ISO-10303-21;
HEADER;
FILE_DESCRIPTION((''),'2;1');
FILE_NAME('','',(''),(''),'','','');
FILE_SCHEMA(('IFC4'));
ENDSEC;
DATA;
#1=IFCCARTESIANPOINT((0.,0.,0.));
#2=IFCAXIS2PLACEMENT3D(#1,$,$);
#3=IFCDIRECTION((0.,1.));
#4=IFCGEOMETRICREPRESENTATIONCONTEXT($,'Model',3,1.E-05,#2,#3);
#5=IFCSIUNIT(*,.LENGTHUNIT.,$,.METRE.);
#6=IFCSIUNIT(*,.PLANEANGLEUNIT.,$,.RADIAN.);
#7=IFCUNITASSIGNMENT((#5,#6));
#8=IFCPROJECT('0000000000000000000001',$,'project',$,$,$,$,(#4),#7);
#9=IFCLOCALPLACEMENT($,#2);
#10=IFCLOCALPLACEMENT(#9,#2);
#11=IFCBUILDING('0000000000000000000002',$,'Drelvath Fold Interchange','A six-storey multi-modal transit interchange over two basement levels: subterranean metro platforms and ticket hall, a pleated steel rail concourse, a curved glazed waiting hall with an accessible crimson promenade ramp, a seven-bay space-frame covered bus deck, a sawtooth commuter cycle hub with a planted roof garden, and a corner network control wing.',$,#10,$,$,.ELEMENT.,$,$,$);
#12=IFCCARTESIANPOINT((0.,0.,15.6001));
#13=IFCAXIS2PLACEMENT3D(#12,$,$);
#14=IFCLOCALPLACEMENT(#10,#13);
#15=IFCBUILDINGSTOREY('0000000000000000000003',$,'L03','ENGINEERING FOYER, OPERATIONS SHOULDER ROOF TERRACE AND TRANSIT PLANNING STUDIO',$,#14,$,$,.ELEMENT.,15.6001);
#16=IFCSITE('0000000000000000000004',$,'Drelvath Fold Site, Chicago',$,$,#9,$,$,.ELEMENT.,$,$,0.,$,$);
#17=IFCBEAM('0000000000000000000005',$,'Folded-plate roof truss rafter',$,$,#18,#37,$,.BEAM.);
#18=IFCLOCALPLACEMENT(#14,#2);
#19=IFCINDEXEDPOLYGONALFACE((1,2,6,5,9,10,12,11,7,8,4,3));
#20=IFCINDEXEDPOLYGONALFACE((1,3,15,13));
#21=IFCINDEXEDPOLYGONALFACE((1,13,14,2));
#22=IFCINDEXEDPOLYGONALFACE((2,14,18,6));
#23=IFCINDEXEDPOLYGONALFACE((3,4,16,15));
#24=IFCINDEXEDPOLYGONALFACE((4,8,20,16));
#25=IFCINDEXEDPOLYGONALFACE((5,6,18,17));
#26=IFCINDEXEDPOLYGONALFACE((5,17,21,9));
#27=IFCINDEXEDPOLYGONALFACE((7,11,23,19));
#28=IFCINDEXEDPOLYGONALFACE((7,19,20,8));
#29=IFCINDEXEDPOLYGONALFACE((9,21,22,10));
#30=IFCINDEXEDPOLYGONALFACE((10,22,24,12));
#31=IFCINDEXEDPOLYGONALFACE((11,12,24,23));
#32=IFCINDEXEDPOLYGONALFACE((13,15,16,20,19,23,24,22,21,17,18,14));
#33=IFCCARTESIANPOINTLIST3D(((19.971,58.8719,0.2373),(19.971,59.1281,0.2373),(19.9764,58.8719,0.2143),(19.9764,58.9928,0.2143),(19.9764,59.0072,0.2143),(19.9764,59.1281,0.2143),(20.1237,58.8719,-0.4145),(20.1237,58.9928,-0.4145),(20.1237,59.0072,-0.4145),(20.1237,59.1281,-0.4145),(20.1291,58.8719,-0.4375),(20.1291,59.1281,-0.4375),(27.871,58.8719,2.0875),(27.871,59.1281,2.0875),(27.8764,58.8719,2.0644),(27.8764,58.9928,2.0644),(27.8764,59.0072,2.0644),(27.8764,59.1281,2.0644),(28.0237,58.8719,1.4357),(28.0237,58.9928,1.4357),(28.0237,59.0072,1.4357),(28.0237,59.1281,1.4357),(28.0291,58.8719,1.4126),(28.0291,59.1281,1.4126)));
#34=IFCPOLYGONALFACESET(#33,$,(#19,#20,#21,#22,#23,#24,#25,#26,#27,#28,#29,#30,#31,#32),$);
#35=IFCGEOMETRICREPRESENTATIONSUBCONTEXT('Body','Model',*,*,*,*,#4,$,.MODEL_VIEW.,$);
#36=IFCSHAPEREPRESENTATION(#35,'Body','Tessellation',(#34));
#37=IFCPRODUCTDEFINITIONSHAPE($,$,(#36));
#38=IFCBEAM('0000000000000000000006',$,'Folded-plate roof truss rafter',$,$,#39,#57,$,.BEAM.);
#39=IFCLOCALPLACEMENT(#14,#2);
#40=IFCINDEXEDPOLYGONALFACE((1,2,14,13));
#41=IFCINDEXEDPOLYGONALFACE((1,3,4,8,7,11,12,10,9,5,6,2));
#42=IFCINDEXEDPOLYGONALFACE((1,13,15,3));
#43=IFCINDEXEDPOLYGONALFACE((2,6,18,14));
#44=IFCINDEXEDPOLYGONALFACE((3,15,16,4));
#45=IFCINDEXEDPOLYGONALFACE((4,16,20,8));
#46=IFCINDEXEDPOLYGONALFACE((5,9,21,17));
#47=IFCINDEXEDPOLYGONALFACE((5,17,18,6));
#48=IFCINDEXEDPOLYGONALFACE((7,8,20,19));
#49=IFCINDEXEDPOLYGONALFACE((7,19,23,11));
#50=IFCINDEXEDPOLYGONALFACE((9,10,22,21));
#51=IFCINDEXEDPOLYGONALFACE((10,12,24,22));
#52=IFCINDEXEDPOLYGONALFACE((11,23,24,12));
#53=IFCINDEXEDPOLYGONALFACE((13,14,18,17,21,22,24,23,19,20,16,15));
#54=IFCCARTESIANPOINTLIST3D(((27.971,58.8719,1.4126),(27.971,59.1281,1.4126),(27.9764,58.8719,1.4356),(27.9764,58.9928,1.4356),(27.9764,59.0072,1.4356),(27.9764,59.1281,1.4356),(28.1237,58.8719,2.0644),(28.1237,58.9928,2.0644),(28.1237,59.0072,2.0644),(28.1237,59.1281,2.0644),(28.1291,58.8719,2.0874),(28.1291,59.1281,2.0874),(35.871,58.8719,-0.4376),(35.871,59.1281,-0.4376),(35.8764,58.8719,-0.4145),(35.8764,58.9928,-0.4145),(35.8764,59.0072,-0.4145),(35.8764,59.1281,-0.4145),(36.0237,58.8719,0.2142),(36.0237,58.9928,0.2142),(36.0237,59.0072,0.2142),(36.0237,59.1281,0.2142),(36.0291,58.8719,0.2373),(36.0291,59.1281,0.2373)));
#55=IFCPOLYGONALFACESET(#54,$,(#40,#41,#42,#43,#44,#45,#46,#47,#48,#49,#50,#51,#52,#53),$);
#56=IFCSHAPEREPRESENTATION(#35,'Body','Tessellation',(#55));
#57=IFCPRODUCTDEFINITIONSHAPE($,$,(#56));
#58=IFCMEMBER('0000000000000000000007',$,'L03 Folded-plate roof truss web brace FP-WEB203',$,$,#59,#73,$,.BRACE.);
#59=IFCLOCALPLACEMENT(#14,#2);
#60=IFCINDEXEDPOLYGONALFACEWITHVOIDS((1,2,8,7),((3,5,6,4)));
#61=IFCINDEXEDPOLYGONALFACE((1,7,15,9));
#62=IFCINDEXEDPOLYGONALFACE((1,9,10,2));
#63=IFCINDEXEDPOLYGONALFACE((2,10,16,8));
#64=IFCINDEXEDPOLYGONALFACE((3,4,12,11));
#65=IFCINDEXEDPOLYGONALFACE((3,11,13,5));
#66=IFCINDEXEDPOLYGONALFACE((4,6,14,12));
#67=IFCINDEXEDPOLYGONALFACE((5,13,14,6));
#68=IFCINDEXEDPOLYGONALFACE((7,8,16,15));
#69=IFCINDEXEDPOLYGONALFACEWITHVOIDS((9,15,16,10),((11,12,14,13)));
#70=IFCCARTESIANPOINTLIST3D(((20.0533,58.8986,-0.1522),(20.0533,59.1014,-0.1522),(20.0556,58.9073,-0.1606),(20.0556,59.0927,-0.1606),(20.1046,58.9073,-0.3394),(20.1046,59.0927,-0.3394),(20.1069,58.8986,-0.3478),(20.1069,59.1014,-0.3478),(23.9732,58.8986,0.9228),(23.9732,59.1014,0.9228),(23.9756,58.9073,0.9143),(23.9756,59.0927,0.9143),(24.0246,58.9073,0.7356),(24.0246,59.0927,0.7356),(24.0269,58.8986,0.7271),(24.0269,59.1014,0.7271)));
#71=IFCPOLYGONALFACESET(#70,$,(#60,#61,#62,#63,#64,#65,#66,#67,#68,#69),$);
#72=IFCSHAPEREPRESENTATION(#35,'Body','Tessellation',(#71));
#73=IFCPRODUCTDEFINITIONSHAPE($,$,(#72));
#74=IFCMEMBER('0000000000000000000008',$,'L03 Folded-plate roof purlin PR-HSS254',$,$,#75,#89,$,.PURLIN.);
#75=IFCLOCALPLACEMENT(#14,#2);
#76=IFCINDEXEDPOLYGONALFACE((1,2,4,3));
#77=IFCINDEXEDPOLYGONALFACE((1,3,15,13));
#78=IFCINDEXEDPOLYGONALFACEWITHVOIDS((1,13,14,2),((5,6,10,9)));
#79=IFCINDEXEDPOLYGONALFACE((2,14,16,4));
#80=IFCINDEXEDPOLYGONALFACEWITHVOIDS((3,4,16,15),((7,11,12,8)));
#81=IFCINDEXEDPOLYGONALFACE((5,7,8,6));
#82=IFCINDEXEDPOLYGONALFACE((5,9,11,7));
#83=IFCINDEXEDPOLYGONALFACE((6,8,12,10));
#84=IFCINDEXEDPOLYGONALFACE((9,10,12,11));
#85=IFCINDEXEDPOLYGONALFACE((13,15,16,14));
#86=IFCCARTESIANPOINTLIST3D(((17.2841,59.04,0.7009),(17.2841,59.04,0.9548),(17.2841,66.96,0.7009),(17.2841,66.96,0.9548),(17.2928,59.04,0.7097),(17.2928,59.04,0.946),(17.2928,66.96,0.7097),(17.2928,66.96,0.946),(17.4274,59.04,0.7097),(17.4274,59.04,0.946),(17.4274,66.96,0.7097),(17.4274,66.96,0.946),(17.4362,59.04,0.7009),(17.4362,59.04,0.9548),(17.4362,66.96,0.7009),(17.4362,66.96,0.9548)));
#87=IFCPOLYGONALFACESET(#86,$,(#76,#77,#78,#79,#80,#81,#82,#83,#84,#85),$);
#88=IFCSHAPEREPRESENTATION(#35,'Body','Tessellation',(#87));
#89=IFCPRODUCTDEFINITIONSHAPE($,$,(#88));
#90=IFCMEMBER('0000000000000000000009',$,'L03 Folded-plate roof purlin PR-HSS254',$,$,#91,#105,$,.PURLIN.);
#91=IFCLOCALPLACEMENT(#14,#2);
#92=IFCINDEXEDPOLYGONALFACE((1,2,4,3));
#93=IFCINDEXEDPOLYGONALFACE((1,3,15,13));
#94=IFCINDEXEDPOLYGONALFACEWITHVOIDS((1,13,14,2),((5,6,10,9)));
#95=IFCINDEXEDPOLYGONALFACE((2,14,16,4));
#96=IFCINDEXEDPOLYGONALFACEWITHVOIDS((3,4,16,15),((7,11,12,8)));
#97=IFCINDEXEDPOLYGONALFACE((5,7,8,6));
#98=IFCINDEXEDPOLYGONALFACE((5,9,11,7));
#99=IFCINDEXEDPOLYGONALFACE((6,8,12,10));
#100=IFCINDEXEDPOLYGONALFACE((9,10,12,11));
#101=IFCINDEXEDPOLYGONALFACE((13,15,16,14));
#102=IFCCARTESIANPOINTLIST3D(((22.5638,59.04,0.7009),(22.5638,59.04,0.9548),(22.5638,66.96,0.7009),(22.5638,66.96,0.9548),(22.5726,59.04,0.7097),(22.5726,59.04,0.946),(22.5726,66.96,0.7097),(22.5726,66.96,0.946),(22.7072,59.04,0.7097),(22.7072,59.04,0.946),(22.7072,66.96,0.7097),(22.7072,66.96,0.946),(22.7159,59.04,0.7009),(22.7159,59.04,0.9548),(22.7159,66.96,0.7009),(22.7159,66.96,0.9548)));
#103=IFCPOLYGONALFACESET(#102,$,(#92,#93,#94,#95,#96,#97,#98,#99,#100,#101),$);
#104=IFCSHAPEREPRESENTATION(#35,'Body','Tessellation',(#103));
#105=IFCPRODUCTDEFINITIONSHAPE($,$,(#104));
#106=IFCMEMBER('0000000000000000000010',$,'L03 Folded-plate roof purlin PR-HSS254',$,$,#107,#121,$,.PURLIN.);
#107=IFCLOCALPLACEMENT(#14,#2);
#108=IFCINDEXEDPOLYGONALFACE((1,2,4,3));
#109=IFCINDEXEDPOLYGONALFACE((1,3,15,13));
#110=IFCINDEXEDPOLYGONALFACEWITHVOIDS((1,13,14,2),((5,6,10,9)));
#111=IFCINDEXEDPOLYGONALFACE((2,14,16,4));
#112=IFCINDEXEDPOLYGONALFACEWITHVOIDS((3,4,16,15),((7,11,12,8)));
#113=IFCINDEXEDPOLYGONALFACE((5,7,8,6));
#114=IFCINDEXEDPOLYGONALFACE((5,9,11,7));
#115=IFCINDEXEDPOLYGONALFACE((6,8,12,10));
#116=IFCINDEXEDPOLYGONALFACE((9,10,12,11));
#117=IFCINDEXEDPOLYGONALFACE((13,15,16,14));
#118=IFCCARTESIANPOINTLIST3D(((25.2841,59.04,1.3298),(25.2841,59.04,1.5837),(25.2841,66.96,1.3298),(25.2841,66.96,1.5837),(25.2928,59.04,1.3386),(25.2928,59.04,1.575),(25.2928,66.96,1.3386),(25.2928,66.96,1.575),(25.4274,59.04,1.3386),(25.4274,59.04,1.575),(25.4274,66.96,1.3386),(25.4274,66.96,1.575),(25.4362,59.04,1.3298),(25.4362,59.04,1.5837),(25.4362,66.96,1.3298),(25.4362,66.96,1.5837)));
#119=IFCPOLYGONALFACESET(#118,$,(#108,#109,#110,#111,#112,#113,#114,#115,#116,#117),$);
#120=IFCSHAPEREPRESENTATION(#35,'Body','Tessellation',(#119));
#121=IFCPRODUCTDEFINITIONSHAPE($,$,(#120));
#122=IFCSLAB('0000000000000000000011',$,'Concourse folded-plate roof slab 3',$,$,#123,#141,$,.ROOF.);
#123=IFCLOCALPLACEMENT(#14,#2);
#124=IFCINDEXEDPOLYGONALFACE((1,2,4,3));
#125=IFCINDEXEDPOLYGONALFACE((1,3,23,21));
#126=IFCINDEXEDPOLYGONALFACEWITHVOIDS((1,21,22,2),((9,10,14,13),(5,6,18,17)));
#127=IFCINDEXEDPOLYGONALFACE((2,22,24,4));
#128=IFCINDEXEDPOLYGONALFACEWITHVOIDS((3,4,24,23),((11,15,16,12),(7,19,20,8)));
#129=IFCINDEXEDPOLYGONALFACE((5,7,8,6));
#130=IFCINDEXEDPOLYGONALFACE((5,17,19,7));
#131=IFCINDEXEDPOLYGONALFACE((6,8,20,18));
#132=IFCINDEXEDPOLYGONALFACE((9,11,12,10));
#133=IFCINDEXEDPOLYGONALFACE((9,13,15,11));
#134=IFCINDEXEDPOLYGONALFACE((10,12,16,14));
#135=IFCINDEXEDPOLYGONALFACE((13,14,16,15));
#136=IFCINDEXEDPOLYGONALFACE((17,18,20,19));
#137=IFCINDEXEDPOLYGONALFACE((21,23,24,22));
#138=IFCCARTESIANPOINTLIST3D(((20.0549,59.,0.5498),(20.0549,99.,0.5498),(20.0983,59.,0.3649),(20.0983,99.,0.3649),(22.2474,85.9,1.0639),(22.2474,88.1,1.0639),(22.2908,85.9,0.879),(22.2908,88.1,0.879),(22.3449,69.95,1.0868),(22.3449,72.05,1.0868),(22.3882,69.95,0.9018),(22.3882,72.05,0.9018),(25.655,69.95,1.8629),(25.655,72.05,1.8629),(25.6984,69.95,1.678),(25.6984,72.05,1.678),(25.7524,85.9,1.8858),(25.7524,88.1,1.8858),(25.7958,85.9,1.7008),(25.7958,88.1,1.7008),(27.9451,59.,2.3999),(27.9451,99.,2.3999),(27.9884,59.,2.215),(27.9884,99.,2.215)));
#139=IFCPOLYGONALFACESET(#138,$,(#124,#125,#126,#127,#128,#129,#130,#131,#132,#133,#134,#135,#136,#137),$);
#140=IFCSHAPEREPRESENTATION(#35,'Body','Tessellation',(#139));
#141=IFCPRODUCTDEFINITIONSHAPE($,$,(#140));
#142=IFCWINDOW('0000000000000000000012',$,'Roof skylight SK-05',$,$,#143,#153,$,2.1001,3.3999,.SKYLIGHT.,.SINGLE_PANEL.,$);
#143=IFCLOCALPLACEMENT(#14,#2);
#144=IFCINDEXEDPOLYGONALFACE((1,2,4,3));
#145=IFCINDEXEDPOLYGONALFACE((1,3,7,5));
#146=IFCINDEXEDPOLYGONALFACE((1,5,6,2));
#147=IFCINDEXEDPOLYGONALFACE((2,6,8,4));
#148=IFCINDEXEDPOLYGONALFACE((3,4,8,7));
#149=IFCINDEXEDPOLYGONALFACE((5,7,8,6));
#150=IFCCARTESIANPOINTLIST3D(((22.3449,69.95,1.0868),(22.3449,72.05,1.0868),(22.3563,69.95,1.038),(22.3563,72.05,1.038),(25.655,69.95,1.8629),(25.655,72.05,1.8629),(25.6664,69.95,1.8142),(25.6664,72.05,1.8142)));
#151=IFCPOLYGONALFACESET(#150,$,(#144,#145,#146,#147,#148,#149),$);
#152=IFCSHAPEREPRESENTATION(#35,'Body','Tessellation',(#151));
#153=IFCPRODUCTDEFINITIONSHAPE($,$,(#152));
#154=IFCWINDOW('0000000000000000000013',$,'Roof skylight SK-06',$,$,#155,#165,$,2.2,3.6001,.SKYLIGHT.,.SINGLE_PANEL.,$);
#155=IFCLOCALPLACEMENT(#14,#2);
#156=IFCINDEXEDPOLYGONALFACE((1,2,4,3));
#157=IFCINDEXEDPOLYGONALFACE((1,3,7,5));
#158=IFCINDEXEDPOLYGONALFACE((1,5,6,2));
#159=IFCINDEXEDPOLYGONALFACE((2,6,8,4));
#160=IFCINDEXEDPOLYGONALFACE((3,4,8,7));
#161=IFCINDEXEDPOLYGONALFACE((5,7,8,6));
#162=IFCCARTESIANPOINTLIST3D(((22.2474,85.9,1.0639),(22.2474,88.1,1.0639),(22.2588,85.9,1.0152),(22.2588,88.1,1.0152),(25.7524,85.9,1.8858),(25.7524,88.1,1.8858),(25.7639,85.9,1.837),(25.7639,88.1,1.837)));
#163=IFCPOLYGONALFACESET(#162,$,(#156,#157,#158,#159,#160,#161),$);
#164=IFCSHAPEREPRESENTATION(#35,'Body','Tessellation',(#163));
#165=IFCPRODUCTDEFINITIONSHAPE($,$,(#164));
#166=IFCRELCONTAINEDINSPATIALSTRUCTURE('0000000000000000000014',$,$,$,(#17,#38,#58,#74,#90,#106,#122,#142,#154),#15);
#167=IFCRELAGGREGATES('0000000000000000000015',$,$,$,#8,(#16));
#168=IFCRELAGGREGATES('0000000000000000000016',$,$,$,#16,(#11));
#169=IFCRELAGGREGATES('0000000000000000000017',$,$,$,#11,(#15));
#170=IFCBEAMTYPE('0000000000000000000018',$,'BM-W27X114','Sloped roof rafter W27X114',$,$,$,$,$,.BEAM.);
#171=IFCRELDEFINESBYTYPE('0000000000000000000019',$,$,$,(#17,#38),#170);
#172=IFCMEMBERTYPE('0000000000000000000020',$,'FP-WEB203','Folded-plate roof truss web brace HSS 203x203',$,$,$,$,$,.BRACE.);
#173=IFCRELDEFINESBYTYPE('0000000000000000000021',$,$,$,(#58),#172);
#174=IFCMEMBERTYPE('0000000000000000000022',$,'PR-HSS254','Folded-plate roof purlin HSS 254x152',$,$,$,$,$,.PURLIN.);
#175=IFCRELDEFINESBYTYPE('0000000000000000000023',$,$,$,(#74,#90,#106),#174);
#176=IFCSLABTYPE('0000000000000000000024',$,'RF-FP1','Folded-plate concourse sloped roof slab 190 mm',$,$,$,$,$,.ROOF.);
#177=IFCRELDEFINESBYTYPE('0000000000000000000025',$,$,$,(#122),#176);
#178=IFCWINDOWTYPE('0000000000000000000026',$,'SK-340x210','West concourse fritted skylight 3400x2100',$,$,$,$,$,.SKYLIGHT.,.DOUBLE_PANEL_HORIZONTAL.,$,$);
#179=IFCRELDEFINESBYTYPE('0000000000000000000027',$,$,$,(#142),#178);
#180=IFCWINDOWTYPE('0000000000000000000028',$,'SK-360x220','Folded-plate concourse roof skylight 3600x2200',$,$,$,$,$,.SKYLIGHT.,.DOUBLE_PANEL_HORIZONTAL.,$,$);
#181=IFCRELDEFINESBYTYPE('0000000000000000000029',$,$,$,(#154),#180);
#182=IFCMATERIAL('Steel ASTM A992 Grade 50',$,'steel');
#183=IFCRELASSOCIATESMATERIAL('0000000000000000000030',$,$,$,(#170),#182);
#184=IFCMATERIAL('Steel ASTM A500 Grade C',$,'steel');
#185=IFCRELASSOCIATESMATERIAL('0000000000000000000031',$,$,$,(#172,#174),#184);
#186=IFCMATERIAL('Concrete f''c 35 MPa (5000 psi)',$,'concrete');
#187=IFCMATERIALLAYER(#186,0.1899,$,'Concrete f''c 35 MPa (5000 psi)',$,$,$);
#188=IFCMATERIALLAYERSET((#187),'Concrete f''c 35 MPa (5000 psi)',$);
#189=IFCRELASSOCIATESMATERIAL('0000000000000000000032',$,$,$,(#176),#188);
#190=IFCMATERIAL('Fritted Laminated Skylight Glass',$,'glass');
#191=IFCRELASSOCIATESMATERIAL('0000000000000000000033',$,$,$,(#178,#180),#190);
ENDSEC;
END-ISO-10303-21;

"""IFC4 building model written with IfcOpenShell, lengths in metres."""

from ifc_helpers import new_model, si_unit, direction, frame, origin, origin_2d, place, context, subcontext, project, spatial, polyline, rectangle, hollow_rectangle, i_section, outline, extrude, material, layer, layer_set, material_profile, profile_set, type_object, element, fill, save


model = new_model("IFC4")

# Units and contexts
model_context = context("Model", 3, precision=1e-05, world=origin(), true_north=direction((0.0, 1.0)))
body_context = subcontext(model_context, "Body", "Model", "MODEL_VIEW")
ifc_project = project(units=[si_unit("LENGTHUNIT", "METRE"), si_unit("PLANEANGLEUNIT", "RADIAN")], contexts=[model_context])

# Site, building, storey
site_placement = place(None, origin())
site = spatial("IfcSite", under=ifc_project, at=site_placement, Name="Drelvath Fold Site, Chicago", CompositionType="ELEMENT", RefElevation=0.0)
building_placement = place(site_placement, origin())
building = spatial("IfcBuilding", under=site, at=building_placement, Name="Drelvath Fold Interchange", Description="A six-storey multi-modal transit interchange over two basement levels: subterranean metro platforms and ticket hall, a pleated steel rail concourse, a curved glazed waiting hall with an accessible crimson promenade ramp, a seven-bay space-frame covered bus deck, a sawtooth commuter cycle hub with a planted roof garden, and a corner network control wing.", CompositionType="ELEMENT")
storey_placement = place(building_placement, frame((0.0, 0.0, 15.6001)))
storey = spatial("IfcBuildingStorey", under=building, at=storey_placement, Name="L03", Description="ENGINEERING FOYER, OPERATIONS SHOULDER ROOF TERRACE AND TRANSIT PLANNING STUDIO", CompositionType="ELEMENT", Elevation=15.6001)

# Beams
ifc_material_1 = material(Name="Steel ASTM A992 Grade 50", Category="steel")
ifc_material_profile_1 = material_profile(ifc_material_1, i_section(OverallWidth=0.2561, OverallDepth=0.6931, WebThickness=0.0144, FlangeThickness=0.0237, at=origin_2d()), Name="W27X114")
ifc_profile_set_1 = profile_set([ifc_material_profile_1], Name="Steel ASTM A992 Grade 50")
beam_type = type_object("IfcBeamType", Name="BM-W27X114", Description="Sloped roof rafter W27X114", PredefinedType="BEAM", material=ifc_profile_set_1)
for number, where, z_axis, x_axis, name in (
    (1, (20.05, 59.0, -0.1001), (0.973656, 0.0, 0.228023), (0.0, 1.0, 0.0), "Folded-plate roof truss rafter"),
    (2, (28.05, 59.0, 1.75), (0.973656, 0.0, -0.228023), (0.0, 1.0, 0.0), "Folded-plate roof truss rafter"),
):
    element("IfcBeam", number, at=place(storey_placement, frame(where, z_axis=z_axis, x_axis=x_axis)), inside=storey, type_object=beam_type, Name=name, PredefinedType="BEAM", context=body_context, shape_type="SweptSolid", body=[
        extrude(i_section(OverallWidth=0.2561, OverallDepth=0.6931, WebThickness=0.0144, FlangeThickness=0.0237, at=origin_2d()), origin(), (0.0, 0.0, 1.0), 8.1138),
    ])

# Members
ifc_material_2 = material(Name="Steel ASTM A500 Grade C", Category="steel")
ifc_material_profile_2 = material_profile(ifc_material_2, hollow_rectangle(XDim=0.2029, YDim=0.2029, WallThickness=0.0088, at=origin_2d()), Name="HSS8X8X3/8")
ifc_profile_set_2 = profile_set([ifc_material_profile_2], Name="Steel ASTM A500 Grade C")
member_type_1 = type_object("IfcMemberType", Name="FP-WEB203", Description="Folded-plate roof truss web brace HSS 203x203", PredefinedType="BRACE", material=ifc_profile_set_2)
member_placement = place(storey_placement, frame((20.0801, 59.0, -0.25), z_axis=(0.964396, 0.0, 0.264464), x_axis=(0.0, 1.0, 0.0)))
element("IfcMember", 3, at=member_placement, inside=storey, type_object=member_type_1, Name="L03 Folded-plate roof truss web brace FP-WEB203", PredefinedType="BRACE", context=body_context, shape_type="SweptSolid", body=[
    extrude(hollow_rectangle(XDim=0.2029, YDim=0.2029, WallThickness=0.0088, at=origin_2d()), origin(), (0.0, 0.0, 1.0), 4.0647),
])
ifc_material_profile_3 = material_profile(ifc_material_2, hollow_rectangle(XDim=0.1521, YDim=0.2539, WallThickness=0.0088, at=origin_2d()), Name="HSS10X6X3/8")
ifc_profile_set_3 = profile_set([ifc_material_profile_3], Name="Steel ASTM A500 Grade C")
member_type_2 = type_object("IfcMemberType", Name="PR-HSS254", Description="Folded-plate roof purlin HSS 254x152", PredefinedType="PURLIN", material=ifc_profile_set_3)
for number, where, z_axis, x_axis, name in (
    (4, (17.3601, 59.04, 0.8279), (0.0, 1.0, 0.0), (-1.0, 0.0, 0.0), "L03 Folded-plate roof purlin PR-HSS254"),
    (5, (22.6399, 59.04, 0.8279), (0.0, 1.0, 0.0), (-1.0, 0.0, 0.0), "L03 Folded-plate roof purlin PR-HSS254"),
    (6, (25.3601, 59.04, 1.4568), (0.0, 1.0, 0.0), (-1.0, 0.0, 0.0), "L03 Folded-plate roof purlin PR-HSS254"),
):
    element("IfcMember", number, at=place(storey_placement, frame(where, z_axis=z_axis, x_axis=x_axis)), inside=storey, type_object=member_type_2, Name=name, PredefinedType="PURLIN", context=body_context, shape_type="SweptSolid", body=[
        extrude(hollow_rectangle(XDim=0.1521, YDim=0.2539, WallThickness=0.0088, at=origin_2d()), origin(), (0.0, 0.0, 1.0), 7.9199),
    ])

# Slab, openings, windows
ifc_material_3 = material(Name="Concrete f'c 35 MPa (5000 psi)", Category="concrete")
ifc_layer_1 = layer(ifc_material_3, 0.1899, Name="Concrete f'c 35 MPa (5000 psi)")
ifc_layer_set_1 = layer_set([ifc_layer_1], Name="Concrete f'c 35 MPa (5000 psi)")
slab_type = type_object("IfcSlabType", Name="RF-FP1", Description="Folded-plate concourse sloped roof slab 190 mm", PredefinedType="ROOF", material=ifc_layer_set_1)
slab_1_placement = place(storey_placement, frame((20.0549, 59.0, 0.5498), z_axis=(-0.22829, 0.0, 0.973593), x_axis=(0.973593, 0.0, 0.22829)))
slab_1 = element("IfcSlab", 7, at=slab_1_placement, inside=storey, type_object=slab_type, Name="Concourse folded-plate roof slab 3", PredefinedType="ROOF", context=body_context, shape_type="SweptSolid", body=[
    extrude(outline(polyline([(0.0, 0.0), (8.1041, 0.0), (8.1041, 40.0), (0.0, 40.0), (0.0, 0.0)])), origin(), (0.0, 0.0, -1.0), 0.1899),
])
opening_1_placement = place(slab_1_placement, frame((4.052, 12.0, 0.01)))
opening_1 = element("IfcOpeningElement", 8, at=opening_1_placement, cuts=slab_1, PredefinedType="OPENING", context=body_context, shape_type="SweptSolid", body=[
    extrude(rectangle(XDim=3.3999, YDim=2.1001, at=origin_2d()), origin(), (0.0, 0.0, -1.0), 0.21),
])
opening_2_placement = place(slab_1_placement, frame((4.052, 28.0, 0.01)))
opening_2 = element("IfcOpeningElement", 9, at=opening_2_placement, cuts=slab_1, PredefinedType="OPENING", context=body_context, shape_type="SweptSolid", body=[
    extrude(rectangle(XDim=3.6001, YDim=2.2, at=origin_2d()), origin(), (0.0, 0.0, -1.0), 0.21),
])
ifc_material_4 = material(Name="Fritted Laminated Skylight Glass", Category="glass")
window_type_1 = type_object("IfcWindowType", Name="SK-340x210", Description="West concourse fritted skylight 3400x2100", PartitioningType="DOUBLE_PANEL_HORIZONTAL", PredefinedType="SKYLIGHT", material=ifc_material_4)
window_1_placement = place(slab_1_placement, frame((4.052, 12.0, 0.0)))
window_1 = element("IfcWindow", 10, at=window_1_placement, inside=storey, type_object=window_type_1, Name="Roof skylight SK-05", OverallHeight=2.1001, OverallWidth=3.3999, PartitioningType="SINGLE_PANEL", PredefinedType="SKYLIGHT", context=body_context, shape_type="SweptSolid", body=[
    extrude(rectangle(XDim=3.3999, YDim=2.1001, at=origin_2d()), origin(), (0.0, 0.0, -1.0), 0.05),
])
fill(opening_1, window_1)
window_type_2 = type_object("IfcWindowType", Name="SK-360x220", Description="Folded-plate concourse roof skylight 3600x2200", PartitioningType="DOUBLE_PANEL_HORIZONTAL", PredefinedType="SKYLIGHT", material=ifc_material_4)
window_2_placement = place(slab_1_placement, frame((4.052, 28.0, 0.0)))
window_2 = element("IfcWindow", 11, at=window_2_placement, inside=storey, type_object=window_type_2, Name="Roof skylight SK-06", OverallHeight=2.2, OverallWidth=3.6001, PartitioningType="SINGLE_PANEL", PredefinedType="SKYLIGHT", context=body_context, shape_type="SweptSolid", body=[
    extrude(rectangle(XDim=3.6001, YDim=2.2, at=origin_2d()), origin(), (0.0, 0.0, -1.0), 0.05),
])
fill(opening_2, window_2)

save(model, "model.ifc")
